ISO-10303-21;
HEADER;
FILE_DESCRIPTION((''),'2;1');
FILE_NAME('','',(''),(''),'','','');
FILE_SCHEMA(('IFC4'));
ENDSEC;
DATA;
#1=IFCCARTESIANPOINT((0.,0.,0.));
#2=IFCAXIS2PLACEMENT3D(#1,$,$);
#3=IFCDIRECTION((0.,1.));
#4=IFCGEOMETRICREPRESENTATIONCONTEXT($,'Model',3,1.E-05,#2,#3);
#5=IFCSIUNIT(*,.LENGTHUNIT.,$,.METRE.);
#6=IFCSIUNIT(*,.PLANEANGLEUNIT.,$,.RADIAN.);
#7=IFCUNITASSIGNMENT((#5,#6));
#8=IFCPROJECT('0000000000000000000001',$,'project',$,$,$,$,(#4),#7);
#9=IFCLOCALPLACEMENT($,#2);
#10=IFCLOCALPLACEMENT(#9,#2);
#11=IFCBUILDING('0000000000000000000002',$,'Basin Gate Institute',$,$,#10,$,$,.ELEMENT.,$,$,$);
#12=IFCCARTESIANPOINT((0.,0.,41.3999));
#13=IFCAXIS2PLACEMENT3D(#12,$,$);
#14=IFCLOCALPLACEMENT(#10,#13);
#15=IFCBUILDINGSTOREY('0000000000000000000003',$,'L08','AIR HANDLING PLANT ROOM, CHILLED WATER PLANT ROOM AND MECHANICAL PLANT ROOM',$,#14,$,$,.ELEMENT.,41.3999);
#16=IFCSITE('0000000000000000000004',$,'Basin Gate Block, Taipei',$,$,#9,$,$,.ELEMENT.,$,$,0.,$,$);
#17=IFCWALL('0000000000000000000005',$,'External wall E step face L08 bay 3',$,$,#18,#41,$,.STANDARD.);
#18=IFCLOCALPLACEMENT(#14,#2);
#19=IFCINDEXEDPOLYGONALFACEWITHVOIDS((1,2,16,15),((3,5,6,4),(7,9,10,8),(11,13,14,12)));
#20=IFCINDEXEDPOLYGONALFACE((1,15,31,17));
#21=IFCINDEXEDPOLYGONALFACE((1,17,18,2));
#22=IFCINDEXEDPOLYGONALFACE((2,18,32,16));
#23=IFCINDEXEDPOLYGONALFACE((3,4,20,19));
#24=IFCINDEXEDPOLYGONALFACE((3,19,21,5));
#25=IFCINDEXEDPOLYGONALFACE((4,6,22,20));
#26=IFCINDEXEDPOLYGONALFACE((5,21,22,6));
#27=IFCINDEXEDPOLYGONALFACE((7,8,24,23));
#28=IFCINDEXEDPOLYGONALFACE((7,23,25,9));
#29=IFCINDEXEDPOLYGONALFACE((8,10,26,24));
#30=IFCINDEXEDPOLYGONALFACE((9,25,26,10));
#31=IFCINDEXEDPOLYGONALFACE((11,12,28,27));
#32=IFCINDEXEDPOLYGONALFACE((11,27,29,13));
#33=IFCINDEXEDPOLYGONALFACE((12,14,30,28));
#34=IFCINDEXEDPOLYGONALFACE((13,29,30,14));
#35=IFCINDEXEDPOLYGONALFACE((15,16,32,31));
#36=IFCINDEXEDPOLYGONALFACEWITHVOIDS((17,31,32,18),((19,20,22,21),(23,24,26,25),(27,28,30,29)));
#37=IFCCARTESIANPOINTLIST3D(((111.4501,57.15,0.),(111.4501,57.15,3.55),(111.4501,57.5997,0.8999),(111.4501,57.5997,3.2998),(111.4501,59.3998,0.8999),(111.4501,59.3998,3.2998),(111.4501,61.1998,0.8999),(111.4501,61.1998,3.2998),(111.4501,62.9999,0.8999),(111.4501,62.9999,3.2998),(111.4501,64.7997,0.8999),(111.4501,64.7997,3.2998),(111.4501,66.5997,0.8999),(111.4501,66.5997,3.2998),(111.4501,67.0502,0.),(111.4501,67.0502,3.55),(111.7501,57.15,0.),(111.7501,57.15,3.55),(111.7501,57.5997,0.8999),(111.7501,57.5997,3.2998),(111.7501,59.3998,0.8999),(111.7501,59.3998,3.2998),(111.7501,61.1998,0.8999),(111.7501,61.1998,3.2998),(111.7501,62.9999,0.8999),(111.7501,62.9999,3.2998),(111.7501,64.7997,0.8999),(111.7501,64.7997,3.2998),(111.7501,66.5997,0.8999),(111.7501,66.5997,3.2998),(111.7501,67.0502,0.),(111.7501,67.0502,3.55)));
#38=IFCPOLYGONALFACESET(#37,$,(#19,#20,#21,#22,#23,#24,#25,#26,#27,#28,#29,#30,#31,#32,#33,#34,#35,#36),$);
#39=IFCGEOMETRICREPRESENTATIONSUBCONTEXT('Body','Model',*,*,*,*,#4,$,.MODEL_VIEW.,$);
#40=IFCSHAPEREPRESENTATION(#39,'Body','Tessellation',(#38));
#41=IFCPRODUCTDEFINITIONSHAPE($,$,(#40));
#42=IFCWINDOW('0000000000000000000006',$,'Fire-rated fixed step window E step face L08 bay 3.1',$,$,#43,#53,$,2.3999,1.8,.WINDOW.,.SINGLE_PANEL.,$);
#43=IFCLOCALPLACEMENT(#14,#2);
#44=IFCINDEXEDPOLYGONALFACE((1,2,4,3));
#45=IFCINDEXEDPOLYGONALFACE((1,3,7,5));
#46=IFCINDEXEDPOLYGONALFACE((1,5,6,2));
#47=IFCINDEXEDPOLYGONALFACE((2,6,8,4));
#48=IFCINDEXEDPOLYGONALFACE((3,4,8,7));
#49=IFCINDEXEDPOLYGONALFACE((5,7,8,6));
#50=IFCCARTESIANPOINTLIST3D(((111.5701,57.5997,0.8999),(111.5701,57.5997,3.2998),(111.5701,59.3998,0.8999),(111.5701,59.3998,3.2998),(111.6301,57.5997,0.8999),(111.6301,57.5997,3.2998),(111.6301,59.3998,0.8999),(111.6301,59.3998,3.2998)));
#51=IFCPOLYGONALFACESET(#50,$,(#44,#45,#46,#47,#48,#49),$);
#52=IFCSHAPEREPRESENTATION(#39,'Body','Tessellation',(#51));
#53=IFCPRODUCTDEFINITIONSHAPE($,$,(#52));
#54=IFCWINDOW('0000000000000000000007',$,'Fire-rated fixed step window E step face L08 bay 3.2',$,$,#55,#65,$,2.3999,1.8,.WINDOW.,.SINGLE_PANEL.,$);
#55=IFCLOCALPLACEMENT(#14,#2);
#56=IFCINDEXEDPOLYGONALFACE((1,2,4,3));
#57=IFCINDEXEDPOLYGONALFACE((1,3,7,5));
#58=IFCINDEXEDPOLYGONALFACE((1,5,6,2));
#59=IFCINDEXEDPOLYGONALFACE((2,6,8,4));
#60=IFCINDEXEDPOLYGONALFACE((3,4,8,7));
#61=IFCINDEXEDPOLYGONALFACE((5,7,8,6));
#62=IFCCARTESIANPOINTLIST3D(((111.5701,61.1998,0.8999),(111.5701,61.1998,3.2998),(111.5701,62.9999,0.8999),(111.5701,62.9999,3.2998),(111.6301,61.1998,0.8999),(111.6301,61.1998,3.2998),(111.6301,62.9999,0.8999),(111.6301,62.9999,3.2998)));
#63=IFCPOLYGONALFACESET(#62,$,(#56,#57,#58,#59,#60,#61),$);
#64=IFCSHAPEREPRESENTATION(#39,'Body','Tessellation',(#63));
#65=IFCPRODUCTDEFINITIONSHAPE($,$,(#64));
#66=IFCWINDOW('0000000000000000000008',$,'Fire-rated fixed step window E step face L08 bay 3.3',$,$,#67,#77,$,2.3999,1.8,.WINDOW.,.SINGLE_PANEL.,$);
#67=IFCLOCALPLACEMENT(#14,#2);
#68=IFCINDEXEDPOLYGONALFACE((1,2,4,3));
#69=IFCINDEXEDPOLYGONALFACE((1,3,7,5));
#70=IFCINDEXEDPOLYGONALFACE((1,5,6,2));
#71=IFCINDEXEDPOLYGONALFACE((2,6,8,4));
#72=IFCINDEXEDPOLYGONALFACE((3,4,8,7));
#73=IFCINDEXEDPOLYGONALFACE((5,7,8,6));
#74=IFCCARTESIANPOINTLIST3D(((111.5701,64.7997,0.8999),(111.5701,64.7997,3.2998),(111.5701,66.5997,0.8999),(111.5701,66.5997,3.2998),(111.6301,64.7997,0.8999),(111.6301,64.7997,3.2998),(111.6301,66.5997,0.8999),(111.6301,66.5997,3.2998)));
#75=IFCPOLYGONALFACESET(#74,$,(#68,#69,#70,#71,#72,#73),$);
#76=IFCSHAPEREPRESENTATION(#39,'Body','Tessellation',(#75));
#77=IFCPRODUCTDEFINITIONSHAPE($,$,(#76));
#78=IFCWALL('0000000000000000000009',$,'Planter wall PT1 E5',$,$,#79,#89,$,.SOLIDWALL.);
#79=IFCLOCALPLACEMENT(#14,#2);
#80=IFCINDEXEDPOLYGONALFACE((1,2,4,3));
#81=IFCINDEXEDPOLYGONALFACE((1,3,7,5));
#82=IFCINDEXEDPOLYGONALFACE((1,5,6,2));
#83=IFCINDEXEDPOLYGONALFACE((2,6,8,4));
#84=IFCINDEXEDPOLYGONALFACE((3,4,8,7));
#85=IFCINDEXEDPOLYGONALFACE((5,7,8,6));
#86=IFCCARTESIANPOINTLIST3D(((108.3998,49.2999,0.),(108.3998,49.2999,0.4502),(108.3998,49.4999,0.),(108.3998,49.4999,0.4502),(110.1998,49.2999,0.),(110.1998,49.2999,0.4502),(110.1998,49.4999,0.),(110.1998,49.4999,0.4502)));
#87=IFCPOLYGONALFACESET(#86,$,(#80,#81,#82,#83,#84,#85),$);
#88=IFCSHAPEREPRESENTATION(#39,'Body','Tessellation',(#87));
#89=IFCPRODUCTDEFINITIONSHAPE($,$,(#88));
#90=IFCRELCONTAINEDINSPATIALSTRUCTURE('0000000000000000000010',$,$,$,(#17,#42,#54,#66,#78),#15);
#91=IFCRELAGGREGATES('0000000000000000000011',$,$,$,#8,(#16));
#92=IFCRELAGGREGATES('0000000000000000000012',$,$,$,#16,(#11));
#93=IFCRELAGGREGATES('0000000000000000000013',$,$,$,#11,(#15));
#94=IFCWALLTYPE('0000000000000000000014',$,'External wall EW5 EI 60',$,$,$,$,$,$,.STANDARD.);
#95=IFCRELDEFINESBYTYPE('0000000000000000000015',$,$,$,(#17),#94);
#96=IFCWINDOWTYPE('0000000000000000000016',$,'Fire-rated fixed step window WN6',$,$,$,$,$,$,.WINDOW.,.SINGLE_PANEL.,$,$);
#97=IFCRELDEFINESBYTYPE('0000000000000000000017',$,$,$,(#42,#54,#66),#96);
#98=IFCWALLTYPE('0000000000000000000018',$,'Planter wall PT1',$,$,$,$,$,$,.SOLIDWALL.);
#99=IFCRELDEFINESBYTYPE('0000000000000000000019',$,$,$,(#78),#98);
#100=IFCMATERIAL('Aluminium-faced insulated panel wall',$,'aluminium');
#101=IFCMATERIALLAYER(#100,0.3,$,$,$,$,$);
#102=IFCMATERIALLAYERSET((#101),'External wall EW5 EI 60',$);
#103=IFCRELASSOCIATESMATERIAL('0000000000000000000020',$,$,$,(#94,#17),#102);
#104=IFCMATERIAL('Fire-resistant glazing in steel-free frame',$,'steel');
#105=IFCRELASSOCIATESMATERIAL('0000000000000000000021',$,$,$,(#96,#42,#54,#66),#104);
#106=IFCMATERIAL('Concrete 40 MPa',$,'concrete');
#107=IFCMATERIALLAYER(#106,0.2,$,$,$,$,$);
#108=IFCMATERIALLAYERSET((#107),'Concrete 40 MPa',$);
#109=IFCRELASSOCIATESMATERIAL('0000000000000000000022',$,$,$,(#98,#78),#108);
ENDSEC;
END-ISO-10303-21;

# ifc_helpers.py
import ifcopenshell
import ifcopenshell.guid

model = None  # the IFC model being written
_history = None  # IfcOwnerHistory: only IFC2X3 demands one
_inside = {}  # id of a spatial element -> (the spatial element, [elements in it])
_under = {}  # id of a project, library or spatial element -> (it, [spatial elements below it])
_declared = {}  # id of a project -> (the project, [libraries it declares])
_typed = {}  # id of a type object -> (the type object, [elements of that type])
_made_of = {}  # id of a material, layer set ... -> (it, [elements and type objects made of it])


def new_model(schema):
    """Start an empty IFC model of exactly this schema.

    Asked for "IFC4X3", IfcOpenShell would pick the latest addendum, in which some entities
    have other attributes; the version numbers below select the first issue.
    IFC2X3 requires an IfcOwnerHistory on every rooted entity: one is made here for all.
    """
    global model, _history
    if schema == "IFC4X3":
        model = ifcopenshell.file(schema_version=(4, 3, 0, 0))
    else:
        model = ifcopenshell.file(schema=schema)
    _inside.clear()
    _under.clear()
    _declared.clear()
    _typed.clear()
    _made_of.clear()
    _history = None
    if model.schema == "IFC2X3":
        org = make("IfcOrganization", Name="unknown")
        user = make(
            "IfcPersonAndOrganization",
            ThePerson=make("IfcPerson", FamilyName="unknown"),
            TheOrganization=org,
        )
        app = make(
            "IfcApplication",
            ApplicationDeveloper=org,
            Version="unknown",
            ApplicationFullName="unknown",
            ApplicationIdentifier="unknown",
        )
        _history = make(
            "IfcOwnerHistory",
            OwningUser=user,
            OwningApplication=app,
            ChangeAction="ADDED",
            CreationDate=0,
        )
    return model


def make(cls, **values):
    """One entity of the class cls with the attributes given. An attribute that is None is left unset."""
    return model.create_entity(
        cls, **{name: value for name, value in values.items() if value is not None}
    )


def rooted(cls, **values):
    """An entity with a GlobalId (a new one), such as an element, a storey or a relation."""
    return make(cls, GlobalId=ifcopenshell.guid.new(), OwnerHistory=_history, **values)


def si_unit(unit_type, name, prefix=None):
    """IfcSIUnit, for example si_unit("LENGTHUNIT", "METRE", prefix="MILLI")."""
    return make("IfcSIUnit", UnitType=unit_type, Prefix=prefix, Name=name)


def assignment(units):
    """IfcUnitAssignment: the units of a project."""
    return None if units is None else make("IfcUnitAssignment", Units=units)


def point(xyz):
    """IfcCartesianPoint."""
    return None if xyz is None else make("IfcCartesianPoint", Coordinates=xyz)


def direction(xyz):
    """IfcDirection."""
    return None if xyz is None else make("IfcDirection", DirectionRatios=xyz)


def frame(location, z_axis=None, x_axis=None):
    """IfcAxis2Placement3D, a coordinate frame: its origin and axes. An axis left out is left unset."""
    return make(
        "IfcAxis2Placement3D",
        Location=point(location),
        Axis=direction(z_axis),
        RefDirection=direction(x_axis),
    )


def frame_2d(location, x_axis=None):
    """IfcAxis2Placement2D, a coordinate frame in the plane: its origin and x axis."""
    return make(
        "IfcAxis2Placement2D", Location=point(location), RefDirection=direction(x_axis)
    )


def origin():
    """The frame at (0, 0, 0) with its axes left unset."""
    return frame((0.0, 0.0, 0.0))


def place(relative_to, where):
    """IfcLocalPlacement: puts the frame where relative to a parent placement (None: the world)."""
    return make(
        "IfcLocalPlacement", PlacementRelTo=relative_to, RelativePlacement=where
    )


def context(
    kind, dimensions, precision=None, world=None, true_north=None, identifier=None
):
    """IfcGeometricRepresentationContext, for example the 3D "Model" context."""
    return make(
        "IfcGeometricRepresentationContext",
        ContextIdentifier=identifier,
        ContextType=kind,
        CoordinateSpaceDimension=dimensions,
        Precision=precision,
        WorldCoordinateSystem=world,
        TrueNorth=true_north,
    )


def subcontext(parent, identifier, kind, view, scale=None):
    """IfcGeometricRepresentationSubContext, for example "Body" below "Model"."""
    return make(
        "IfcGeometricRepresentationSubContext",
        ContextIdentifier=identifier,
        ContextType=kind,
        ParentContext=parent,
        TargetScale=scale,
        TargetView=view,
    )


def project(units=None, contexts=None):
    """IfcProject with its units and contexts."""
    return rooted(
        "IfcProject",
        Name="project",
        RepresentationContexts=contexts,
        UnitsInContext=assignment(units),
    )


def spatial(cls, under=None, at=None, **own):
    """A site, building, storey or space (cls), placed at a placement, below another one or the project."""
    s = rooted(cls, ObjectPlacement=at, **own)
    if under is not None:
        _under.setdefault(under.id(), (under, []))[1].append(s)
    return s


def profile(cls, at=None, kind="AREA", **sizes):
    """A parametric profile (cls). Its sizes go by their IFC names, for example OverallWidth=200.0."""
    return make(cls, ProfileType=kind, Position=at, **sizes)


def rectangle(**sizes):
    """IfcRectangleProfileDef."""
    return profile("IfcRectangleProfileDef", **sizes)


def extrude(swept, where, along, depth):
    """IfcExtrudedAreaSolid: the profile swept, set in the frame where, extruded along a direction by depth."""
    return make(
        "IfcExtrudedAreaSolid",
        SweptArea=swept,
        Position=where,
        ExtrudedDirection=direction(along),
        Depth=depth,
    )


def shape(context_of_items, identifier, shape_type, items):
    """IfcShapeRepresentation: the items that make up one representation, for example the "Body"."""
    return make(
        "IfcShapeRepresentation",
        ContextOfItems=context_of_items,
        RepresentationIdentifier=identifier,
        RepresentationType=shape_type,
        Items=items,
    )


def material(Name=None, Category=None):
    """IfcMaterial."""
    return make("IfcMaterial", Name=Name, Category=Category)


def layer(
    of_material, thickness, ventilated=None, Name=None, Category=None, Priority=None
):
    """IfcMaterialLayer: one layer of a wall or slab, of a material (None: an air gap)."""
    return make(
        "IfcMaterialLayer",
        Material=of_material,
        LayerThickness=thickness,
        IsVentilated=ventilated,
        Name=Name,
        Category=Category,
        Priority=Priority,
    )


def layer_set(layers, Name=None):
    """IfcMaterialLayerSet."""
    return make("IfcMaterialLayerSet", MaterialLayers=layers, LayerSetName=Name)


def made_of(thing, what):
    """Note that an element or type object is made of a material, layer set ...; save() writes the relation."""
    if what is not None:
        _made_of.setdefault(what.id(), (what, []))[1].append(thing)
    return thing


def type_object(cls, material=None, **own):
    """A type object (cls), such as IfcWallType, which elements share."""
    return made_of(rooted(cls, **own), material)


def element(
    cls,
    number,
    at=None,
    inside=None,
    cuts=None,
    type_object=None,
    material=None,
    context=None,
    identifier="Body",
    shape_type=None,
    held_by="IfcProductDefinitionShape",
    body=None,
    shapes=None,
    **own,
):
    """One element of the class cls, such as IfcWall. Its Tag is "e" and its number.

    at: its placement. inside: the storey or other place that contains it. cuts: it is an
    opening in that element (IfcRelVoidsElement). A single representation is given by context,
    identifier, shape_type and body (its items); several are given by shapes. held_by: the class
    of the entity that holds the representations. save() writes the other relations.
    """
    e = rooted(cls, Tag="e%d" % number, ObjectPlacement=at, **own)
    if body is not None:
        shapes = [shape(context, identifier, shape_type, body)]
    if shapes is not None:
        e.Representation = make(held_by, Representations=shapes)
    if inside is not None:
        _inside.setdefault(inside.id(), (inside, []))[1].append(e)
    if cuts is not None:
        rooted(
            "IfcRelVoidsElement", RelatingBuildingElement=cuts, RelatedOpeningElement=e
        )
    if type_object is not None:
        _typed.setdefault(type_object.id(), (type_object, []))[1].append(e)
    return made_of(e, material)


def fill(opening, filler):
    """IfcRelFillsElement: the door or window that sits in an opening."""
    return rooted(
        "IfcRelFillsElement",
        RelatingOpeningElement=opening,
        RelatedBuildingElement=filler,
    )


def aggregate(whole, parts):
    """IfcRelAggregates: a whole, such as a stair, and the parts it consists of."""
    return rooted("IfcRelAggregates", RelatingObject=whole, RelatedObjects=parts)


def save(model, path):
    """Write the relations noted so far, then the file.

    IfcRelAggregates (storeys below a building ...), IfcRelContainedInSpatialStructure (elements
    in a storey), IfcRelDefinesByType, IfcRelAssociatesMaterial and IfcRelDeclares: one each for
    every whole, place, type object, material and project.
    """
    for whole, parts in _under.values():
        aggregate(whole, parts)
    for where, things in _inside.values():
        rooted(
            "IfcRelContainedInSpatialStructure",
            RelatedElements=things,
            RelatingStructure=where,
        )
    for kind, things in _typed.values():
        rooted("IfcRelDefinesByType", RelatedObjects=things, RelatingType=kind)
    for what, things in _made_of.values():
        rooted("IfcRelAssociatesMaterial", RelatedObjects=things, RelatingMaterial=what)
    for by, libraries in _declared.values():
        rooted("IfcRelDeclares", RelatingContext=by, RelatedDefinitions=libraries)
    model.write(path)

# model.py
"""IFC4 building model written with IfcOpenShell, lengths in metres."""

from ifc_helpers import new_model, si_unit, direction, frame, frame_2d, origin, place, context, subcontext, project, spatial, rectangle, extrude, material, layer, layer_set, type_object, element, fill, save


model = new_model("IFC4")

# Units and contexts
model_context = context("Model", 3, precision=1e-05, world=origin(), true_north=direction((0.0, 1.0)))
body_context = subcontext(model_context, "Body", "Model", "MODEL_VIEW")
ifc_project = project(units=[si_unit("LENGTHUNIT", "METRE"), si_unit("PLANEANGLEUNIT", "RADIAN")], contexts=[model_context])

# Site, building, storey
site_placement = place(None, origin())
site = spatial("IfcSite", under=ifc_project, at=site_placement, Name="Basin Gate Block, Taipei", CompositionType="ELEMENT", RefElevation=0.0)
building_placement = place(site_placement, origin())
building = spatial("IfcBuilding", under=site, at=building_placement, Name="Basin Gate Institute", CompositionType="ELEMENT")
storey_placement = place(building_placement, frame((0.0, 0.0, 41.3999)))
storey = spatial("IfcBuildingStorey", under=building, at=storey_placement, Name="L08", Description="AIR HANDLING PLANT ROOM, CHILLED WATER PLANT ROOM AND MECHANICAL PLANT ROOM", CompositionType="ELEMENT", Elevation=41.3999)

# Wall, openings, windows
ifc_material_1 = material(Name="Aluminium-faced insulated panel wall", Category="aluminium")
ifc_layer_1 = layer(ifc_material_1, 0.3)
ifc_layer_set_1 = layer_set([ifc_layer_1], Name="External wall EW5 EI 60")
wall_type_1 = type_object("IfcWallType", Name="External wall EW5 EI 60", PredefinedType="STANDARD", material=ifc_layer_set_1)
wall_1_placement = place(storey_placement, frame((111.6001, 57.1499, 0.0), z_axis=(0.0, 0.0, 1.0), x_axis=(0.0, 1.0, 0.0)))
wall_1 = element("IfcWall", 1, at=wall_1_placement, inside=storey, type_object=wall_type_1, material=ifc_layer_set_1, Name="External wall E step face L08 bay 3", PredefinedType="STANDARD", context=body_context, shape_type="SweptSolid", body=[
    extrude(rectangle(XDim=9.9001, YDim=0.3, at=frame_2d((4.9502, 0.0))), origin(), (0.0, 0.0, 1.0), 3.55),
])
opening_1_placement = place(wall_1_placement, frame((0.45, 0.0, 0.8999)))
opening_1 = element("IfcOpeningElement", 2, at=opening_1_placement, cuts=wall_1, PredefinedType="OPENING", context=body_context, shape_type="SweptSolid", body=[
    extrude(rectangle(XDim=1.8, YDim=2.3999, at=frame_2d((0.8999, 1.2))), frame((0.0, 0.1602, 0.0), z_axis=(0.0, -1.0, 0.0), x_axis=(1.0, 0.0, 0.0)), (0.0, 0.0, 1.0), 0.3201),
])
opening_2_placement = place(wall_1_placement, frame((4.05, 0.0, 0.8999)))
opening_2 = element("IfcOpeningElement", 3, at=opening_2_placement, cuts=wall_1, PredefinedType="OPENING", context=body_context, shape_type="SweptSolid", body=[
    extrude(rectangle(XDim=1.8, YDim=2.3999, at=frame_2d((0.8999, 1.2))), frame((0.0, 0.1602, 0.0), z_axis=(0.0, -1.0, 0.0), x_axis=(1.0, 0.0, 0.0)), (0.0, 0.0, 1.0), 0.3201),
])
opening_3_placement = place(wall_1_placement, frame((7.6499, 0.0, 0.8999)))
opening_3 = element("IfcOpeningElement", 4, at=opening_3_placement, cuts=wall_1, PredefinedType="OPENING", context=body_context, shape_type="SweptSolid", body=[
    extrude(rectangle(XDim=1.8, YDim=2.3999, at=frame_2d((0.8999, 1.2))), frame((0.0, 0.1602, 0.0), z_axis=(0.0, -1.0, 0.0), x_axis=(1.0, 0.0, 0.0)), (0.0, 0.0, 1.0), 0.3201),
])
ifc_material_2 = material(Name="Fire-resistant glazing in steel-free frame", Category="steel")
window_type_1 = type_object("IfcWindowType", Name="Fire-rated fixed step window WN6", PartitioningType="SINGLE_PANEL", PredefinedType="WINDOW", material=ifc_material_2)
window_1_placement = place(opening_1_placement, origin())
window_1 = element("IfcWindow", 5, at=window_1_placement, inside=storey, type_object=window_type_1, material=ifc_material_2, Name="Fire-rated fixed step window E step face L08 bay 3.1", OverallHeight=2.3999, OverallWidth=1.8, PartitioningType="SINGLE_PANEL", PredefinedType="WINDOW", context=body_context, shape_type="SweptSolid", body=[
    extrude(rectangle(XDim=1.8, YDim=2.3999, at=frame_2d((0.8999, 1.2))), frame((0.0, 0.03, 0.0), z_axis=(0.0, -1.0, 0.0), x_axis=(1.0, 0.0, 0.0)), (0.0, 0.0, 1.0), 0.0601),
])
fill(opening_1, window_1)
window_2_placement = place(opening_2_placement, origin())
window_2 = element("IfcWindow", 6, at=window_2_placement, inside=storey, type_object=window_type_1, material=ifc_material_2, Name="Fire-rated fixed step window E step face L08 bay 3.2", OverallHeight=2.3999, OverallWidth=1.8, PartitioningType="SINGLE_PANEL", PredefinedType="WINDOW", context=body_context, shape_type="SweptSolid", body=[
    extrude(rectangle(XDim=1.8, YDim=2.3999, at=frame_2d((0.8999, 1.2))), frame((0.0, 0.03, 0.0), z_axis=(0.0, -1.0, 0.0), x_axis=(1.0, 0.0, 0.0)), (0.0, 0.0, 1.0), 0.0601),
])
fill(opening_2, window_2)
window_3_placement = place(opening_3_placement, origin())
window_3 = element("IfcWindow", 7, at=window_3_placement, inside=storey, type_object=window_type_1, material=ifc_material_2, Name="Fire-rated fixed step window E step face L08 bay 3.3", OverallHeight=2.3999, OverallWidth=1.8, PartitioningType="SINGLE_PANEL", PredefinedType="WINDOW", context=body_context, shape_type="SweptSolid", body=[
    extrude(rectangle(XDim=1.8, YDim=2.3999, at=frame_2d((0.8999, 1.2))), frame((0.0, 0.03, 0.0), z_axis=(0.0, -1.0, 0.0), x_axis=(1.0, 0.0, 0.0)), (0.0, 0.0, 1.0), 0.0601),
])
fill(opening_3, window_3)

# Wall
ifc_material_3 = material(Name="Concrete 40 MPa", Category="concrete")
ifc_layer_2 = layer(ifc_material_3, 0.2)
ifc_layer_set_2 = layer_set([ifc_layer_2], Name="Concrete 40 MPa")
wall_type_2 = type_object("IfcWallType", Name="Planter wall PT1", PredefinedType="SOLIDWALL", material=ifc_layer_set_2)
wall_2_placement = place(storey_placement, frame((108.3999, 49.3999, 0.0), z_axis=(0.0, 0.0, 1.0), x_axis=(1.0, 0.0, 0.0)))
element("IfcWall", 8, at=wall_2_placement, inside=storey, type_object=wall_type_2, material=ifc_layer_set_2, Name="Planter wall PT1 E5", PredefinedType="SOLIDWALL", context=body_context, shape_type="SweptSolid", body=[
    extrude(rectangle(XDim=1.8, YDim=0.2, at=frame_2d((0.8999, 0.0))), origin(), (0.0, 0.0, 1.0), 0.4502),
])

save(model, "model.ifc")
